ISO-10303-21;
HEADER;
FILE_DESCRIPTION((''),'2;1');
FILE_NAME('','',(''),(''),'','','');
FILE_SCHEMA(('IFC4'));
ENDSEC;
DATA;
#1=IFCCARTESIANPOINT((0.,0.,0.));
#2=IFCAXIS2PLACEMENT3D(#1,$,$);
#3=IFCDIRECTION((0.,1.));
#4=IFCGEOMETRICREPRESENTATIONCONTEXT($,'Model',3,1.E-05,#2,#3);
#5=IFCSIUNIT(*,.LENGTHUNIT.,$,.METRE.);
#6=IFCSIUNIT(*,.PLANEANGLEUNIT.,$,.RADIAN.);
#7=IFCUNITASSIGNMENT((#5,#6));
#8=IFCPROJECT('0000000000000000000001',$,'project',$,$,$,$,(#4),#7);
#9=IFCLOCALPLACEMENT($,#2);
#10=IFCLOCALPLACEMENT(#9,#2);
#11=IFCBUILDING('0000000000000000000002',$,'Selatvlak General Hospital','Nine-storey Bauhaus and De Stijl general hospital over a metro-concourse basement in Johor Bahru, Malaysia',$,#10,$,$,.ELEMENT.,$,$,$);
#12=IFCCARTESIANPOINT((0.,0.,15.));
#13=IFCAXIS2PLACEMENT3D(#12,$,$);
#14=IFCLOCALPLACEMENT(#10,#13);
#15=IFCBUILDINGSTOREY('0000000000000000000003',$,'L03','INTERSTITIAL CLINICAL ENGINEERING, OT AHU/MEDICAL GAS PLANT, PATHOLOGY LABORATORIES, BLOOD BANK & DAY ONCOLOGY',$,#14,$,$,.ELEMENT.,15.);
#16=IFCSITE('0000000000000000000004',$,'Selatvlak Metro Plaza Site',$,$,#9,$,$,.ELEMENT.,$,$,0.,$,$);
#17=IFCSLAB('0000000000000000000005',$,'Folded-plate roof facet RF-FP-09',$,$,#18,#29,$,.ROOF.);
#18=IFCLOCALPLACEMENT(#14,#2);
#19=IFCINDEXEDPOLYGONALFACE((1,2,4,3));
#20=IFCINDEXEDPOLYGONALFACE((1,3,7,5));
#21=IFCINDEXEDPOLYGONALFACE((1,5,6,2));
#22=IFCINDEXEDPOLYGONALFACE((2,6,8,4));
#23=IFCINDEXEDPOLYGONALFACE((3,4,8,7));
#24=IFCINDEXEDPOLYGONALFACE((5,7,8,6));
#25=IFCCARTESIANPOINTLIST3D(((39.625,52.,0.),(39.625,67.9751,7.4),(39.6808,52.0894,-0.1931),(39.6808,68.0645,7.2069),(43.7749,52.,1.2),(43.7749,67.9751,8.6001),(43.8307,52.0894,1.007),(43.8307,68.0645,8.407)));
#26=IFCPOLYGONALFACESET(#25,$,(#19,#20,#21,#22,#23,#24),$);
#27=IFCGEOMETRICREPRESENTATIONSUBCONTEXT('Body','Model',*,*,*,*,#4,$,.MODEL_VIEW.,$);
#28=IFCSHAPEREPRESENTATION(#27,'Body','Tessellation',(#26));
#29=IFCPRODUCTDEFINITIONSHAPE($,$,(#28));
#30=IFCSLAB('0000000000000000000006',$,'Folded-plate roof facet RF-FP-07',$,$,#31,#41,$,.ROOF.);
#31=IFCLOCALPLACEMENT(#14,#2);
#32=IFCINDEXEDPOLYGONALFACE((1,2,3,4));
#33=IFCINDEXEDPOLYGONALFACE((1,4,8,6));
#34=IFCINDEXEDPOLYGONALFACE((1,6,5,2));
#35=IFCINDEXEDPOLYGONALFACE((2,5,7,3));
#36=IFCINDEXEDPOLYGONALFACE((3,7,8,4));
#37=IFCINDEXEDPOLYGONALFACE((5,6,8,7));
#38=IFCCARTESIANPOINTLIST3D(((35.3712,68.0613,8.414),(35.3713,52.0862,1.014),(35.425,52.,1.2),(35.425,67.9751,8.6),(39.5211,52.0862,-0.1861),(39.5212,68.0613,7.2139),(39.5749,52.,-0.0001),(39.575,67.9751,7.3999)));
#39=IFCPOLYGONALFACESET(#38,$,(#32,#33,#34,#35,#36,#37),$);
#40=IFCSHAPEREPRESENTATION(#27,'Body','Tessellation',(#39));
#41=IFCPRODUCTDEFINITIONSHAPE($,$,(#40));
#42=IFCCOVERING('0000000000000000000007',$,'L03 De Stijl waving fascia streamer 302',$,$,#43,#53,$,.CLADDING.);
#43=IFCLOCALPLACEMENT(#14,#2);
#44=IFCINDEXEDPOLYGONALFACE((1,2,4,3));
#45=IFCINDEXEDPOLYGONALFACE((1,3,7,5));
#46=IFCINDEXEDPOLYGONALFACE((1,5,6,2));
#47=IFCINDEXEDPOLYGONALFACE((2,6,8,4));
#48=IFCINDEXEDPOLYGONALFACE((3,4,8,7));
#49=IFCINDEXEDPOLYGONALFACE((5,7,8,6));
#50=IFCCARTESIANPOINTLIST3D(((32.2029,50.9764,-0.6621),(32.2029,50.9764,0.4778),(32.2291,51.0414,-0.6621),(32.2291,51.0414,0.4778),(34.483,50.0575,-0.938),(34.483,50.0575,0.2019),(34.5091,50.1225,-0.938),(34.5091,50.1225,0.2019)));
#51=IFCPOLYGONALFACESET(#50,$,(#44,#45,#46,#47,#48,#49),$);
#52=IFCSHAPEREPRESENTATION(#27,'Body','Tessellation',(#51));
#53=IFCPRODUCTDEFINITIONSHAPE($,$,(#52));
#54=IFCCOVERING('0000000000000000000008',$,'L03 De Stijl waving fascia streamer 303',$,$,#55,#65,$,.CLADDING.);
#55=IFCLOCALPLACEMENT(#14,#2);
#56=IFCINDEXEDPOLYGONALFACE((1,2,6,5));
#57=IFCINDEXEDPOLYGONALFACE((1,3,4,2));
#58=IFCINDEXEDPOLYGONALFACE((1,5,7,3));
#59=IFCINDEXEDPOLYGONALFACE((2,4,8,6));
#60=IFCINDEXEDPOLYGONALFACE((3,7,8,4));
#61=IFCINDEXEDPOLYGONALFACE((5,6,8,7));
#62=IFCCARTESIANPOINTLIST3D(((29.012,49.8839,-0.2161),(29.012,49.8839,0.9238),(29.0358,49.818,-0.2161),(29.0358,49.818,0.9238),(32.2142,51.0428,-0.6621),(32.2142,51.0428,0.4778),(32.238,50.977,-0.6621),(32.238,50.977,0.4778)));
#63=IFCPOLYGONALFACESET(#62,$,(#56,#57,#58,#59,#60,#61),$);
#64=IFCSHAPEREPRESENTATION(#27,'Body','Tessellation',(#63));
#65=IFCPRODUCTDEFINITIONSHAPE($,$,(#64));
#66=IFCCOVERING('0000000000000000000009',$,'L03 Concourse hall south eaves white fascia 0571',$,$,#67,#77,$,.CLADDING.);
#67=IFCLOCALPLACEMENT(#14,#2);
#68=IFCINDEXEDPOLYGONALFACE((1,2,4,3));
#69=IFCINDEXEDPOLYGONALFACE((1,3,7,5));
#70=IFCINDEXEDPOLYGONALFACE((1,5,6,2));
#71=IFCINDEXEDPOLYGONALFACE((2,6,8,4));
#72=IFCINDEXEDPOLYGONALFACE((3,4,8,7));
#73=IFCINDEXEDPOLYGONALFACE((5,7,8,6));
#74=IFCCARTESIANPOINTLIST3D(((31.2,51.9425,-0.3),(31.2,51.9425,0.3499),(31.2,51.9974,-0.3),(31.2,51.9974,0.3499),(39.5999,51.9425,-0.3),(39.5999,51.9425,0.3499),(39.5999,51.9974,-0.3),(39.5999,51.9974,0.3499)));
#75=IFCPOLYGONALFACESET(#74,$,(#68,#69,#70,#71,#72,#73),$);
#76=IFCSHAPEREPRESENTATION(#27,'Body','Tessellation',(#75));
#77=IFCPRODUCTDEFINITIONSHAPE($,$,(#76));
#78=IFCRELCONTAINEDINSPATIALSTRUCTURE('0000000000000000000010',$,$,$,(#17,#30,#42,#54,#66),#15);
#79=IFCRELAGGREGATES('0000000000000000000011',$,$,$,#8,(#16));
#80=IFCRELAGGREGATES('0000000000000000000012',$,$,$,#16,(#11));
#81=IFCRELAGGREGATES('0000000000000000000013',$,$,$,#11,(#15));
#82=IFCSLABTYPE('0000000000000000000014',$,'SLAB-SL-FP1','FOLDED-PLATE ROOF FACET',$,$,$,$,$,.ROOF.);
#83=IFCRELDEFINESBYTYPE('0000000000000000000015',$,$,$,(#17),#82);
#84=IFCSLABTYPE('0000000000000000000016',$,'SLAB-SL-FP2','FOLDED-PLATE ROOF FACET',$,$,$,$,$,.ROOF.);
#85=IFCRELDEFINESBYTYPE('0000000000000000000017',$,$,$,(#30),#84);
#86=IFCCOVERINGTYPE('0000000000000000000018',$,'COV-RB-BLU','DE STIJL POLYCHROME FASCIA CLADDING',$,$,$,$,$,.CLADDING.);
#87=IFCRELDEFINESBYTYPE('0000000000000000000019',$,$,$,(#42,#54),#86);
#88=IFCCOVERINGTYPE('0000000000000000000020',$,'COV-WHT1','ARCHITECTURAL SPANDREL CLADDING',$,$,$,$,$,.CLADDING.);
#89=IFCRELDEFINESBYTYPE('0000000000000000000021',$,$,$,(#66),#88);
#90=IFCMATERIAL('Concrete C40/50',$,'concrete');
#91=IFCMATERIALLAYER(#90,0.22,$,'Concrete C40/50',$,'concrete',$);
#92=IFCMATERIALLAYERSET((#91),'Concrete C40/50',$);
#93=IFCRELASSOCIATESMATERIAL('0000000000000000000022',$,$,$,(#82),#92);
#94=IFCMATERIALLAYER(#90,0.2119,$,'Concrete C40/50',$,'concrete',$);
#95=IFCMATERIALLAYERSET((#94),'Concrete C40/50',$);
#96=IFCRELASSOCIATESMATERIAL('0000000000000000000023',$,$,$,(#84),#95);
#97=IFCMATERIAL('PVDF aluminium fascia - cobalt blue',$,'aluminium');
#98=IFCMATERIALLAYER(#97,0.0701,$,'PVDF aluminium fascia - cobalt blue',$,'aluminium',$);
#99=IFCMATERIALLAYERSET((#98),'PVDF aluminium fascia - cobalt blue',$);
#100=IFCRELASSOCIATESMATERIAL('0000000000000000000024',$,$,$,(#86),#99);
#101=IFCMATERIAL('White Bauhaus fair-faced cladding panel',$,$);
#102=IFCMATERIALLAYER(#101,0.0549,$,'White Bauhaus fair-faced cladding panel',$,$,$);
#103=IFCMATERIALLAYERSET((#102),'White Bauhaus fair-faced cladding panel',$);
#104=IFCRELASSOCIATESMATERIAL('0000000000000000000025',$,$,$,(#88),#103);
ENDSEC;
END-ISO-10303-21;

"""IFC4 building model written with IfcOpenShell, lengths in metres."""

from ifc_helpers import new_model, si_unit, direction, frame, origin, origin_2d, place, context, subcontext, project, spatial, polyline, rectangle, outline, extrude, material, layer, layer_set, type_object, element, save


model = new_model("IFC4")

# Units and contexts
model_context = context("Model", 3, precision=1e-05, world=origin(), true_north=direction((0.0, 1.0)))
body_context = subcontext(model_context, "Body", "Model", "MODEL_VIEW")
ifc_project = project(units=[si_unit("LENGTHUNIT", "METRE"), si_unit("PLANEANGLEUNIT", "RADIAN")], contexts=[model_context])

# Site, building, storey
site_placement = place(None, origin())
site = spatial("IfcSite", under=ifc_project, at=site_placement, Name="Selatvlak Metro Plaza Site", CompositionType="ELEMENT", RefElevation=0.0)
building_placement = place(site_placement, origin())
building = spatial("IfcBuilding", under=site, at=building_placement, Name="Selatvlak General Hospital", Description="Nine-storey Bauhaus and De Stijl general hospital over a metro-concourse basement in Johor Bahru, Malaysia", CompositionType="ELEMENT")
storey_placement = place(building_placement, frame((0.0, 0.0, 15.0)))
storey = spatial("IfcBuildingStorey", under=building, at=storey_placement, Name="L03", Description="INTERSTITIAL CLINICAL ENGINEERING, OT AHU/MEDICAL GAS PLANT, PATHOLOGY LABORATORIES, BLOOD BANK & DAY ONCOLOGY", CompositionType="ELEMENT", Elevation=15.0)

# Slabs
ifc_material_1 = material(Name="Concrete C40/50", Category="concrete")
ifc_layer_1 = layer(ifc_material_1, 0.22, Name="Concrete C40/50", Category="concrete")
ifc_layer_set_1 = layer_set([ifc_layer_1], Name="Concrete C40/50")
slab_type_1 = type_object("IfcSlabType", Name="SLAB-SL-FP1", Description="FOLDED-PLATE ROOF FACET", PredefinedType="ROOF", material=ifc_layer_set_1)
for number, where, z_axis, x_axis, name in (
    (1, (39.625, 52.0, 0.0), (-0.253804, -0.406554, 0.877666), (0.960641, -0.00001, 0.277794), "Folded-plate roof facet RF-FP-09"),
):
    element("IfcSlab", number, at=place(storey_placement, frame(where, z_axis=z_axis, x_axis=x_axis)), inside=storey, type_object=slab_type_1, Name=name, PredefinedType="ROOF", context=body_context, shape_type="SweptSolid", body=[
        extrude(outline(polyline([(0.0, 0.0), (4.3199, 0.0), (6.3755, 17.4854), (2.0555, 17.4853), (0.0, 0.0)])), origin(), (0.0, 0.0, -1.0), 0.22),
    ])
ifc_layer_2 = layer(ifc_material_1, 0.2119, Name="Concrete C40/50", Category="concrete")
ifc_layer_set_2 = layer_set([ifc_layer_2], Name="Concrete C40/50")
slab_type_2 = type_object("IfcSlabType", Name="SLAB-SL-FP2", Description="FOLDED-PLATE ROOF FACET", PredefinedType="ROOF", material=ifc_layer_set_2)
slab_placement = place(storey_placement, frame((35.425, 52.0, 1.2), z_axis=(0.253804, -0.406554, 0.877666), x_axis=(0.960641, 0.00001, -0.277794)))
element("IfcSlab", 2, at=slab_placement, inside=storey, type_object=slab_type_2, Name="Folded-plate roof facet RF-FP-07", PredefinedType="ROOF", context=body_context, shape_type="SweptSolid", body=[
    extrude(outline(polyline([(0.0, 0.0), (4.3199, 0.0), (2.2644, 17.4853), (-2.0556, 17.4854), (0.0, 0.0)])), origin(), (0.0, 0.0, -1.0), 0.2119),
])

# Coverings
ifc_material_2 = material(Name="PVDF aluminium fascia - cobalt blue", Category="aluminium")
ifc_layer_3 = layer(ifc_material_2, 0.0701, Name="PVDF aluminium fascia - cobalt blue", Category="aluminium")
ifc_layer_set_3 = layer_set([ifc_layer_3], Name="PVDF aluminium fascia - cobalt blue")
covering_type_1 = type_object("IfcCoveringType", Name="COV-RB-BLU", Description="DE STIJL POLYCHROME FASCIA CLADDING", PredefinedType="CLADDING", material=ifc_layer_set_3)
covering_1_placement = place(storey_placement, frame((34.4961, 50.0901, -0.938), z_axis=(0.0, 0.0, 1.0), x_axis=(-0.927501, 0.373821, 0.0)))
element("IfcCovering", 3, at=covering_1_placement, inside=storey, type_object=covering_type_1, Name="L03 De Stijl waving fascia streamer 302", PredefinedType="CLADDING", context=body_context, shape_type="SweptSolid", body=[
    extrude(outline(polyline([(0.0, 0.0), (2.4583, 0.2759), (2.4583, 1.4158), (0.0, 1.1399), (0.0, 0.0)])), frame((0.0, 0.0352, 0.0), z_axis=(0.0, -1.0, 0.0), x_axis=(1.0, 0.0, 0.0)), (0.0, 0.0, 1.0), 0.0701),
])
covering_2_placement = place(storey_placement, frame((32.2261, 51.01, -0.6621), z_axis=(0.0, 0.0, 1.0), x_axis=(-0.940309, -0.340321, 0.0)))
element("IfcCovering", 4, at=covering_2_placement, inside=storey, type_object=covering_type_1, Name="L03 De Stijl waving fascia streamer 303", PredefinedType="CLADDING", context=body_context, shape_type="SweptSolid", body=[
    extrude(outline(polyline([(0.0, 0.0), (3.4055, 0.446), (3.4055, 1.5859), (0.0, 1.1399), (0.0, 0.0)])), frame((0.0, 0.0352, 0.0), z_axis=(0.0, -1.0, 0.0), x_axis=(1.0, 0.0, 0.0)), (0.0, 0.0, 1.0), 0.0701),
])
ifc_material_3 = material(Name="White Bauhaus fair-faced cladding panel")
ifc_layer_4 = layer(ifc_material_3, 0.0549, Name="White Bauhaus fair-faced cladding panel")
ifc_layer_set_4 = layer_set([ifc_layer_4], Name="White Bauhaus fair-faced cladding panel")
covering_type_2 = type_object("IfcCoveringType", Name="COV-WHT1", Description="ARCHITECTURAL SPANDREL CLADDING", PredefinedType="CLADDING", material=ifc_layer_set_4)
covering_3_placement = place(storey_placement, frame((35.3999, 51.97, -0.3), z_axis=(0.0, 0.0, 1.0), x_axis=(1.0, 0.0, 0.0)))
element("IfcCovering", 5, at=covering_3_placement, inside=storey, type_object=covering_type_2, Name="L03 Concourse hall south eaves white fascia 0571", PredefinedType="CLADDING", context=body_context, shape_type="SweptSolid", body=[
    extrude(rectangle(XDim=8.3999, YDim=0.0549, at=origin_2d()), origin(), (0.0, 0.0, 1.0), 0.6499),
])

save(model, "model.ifc")
